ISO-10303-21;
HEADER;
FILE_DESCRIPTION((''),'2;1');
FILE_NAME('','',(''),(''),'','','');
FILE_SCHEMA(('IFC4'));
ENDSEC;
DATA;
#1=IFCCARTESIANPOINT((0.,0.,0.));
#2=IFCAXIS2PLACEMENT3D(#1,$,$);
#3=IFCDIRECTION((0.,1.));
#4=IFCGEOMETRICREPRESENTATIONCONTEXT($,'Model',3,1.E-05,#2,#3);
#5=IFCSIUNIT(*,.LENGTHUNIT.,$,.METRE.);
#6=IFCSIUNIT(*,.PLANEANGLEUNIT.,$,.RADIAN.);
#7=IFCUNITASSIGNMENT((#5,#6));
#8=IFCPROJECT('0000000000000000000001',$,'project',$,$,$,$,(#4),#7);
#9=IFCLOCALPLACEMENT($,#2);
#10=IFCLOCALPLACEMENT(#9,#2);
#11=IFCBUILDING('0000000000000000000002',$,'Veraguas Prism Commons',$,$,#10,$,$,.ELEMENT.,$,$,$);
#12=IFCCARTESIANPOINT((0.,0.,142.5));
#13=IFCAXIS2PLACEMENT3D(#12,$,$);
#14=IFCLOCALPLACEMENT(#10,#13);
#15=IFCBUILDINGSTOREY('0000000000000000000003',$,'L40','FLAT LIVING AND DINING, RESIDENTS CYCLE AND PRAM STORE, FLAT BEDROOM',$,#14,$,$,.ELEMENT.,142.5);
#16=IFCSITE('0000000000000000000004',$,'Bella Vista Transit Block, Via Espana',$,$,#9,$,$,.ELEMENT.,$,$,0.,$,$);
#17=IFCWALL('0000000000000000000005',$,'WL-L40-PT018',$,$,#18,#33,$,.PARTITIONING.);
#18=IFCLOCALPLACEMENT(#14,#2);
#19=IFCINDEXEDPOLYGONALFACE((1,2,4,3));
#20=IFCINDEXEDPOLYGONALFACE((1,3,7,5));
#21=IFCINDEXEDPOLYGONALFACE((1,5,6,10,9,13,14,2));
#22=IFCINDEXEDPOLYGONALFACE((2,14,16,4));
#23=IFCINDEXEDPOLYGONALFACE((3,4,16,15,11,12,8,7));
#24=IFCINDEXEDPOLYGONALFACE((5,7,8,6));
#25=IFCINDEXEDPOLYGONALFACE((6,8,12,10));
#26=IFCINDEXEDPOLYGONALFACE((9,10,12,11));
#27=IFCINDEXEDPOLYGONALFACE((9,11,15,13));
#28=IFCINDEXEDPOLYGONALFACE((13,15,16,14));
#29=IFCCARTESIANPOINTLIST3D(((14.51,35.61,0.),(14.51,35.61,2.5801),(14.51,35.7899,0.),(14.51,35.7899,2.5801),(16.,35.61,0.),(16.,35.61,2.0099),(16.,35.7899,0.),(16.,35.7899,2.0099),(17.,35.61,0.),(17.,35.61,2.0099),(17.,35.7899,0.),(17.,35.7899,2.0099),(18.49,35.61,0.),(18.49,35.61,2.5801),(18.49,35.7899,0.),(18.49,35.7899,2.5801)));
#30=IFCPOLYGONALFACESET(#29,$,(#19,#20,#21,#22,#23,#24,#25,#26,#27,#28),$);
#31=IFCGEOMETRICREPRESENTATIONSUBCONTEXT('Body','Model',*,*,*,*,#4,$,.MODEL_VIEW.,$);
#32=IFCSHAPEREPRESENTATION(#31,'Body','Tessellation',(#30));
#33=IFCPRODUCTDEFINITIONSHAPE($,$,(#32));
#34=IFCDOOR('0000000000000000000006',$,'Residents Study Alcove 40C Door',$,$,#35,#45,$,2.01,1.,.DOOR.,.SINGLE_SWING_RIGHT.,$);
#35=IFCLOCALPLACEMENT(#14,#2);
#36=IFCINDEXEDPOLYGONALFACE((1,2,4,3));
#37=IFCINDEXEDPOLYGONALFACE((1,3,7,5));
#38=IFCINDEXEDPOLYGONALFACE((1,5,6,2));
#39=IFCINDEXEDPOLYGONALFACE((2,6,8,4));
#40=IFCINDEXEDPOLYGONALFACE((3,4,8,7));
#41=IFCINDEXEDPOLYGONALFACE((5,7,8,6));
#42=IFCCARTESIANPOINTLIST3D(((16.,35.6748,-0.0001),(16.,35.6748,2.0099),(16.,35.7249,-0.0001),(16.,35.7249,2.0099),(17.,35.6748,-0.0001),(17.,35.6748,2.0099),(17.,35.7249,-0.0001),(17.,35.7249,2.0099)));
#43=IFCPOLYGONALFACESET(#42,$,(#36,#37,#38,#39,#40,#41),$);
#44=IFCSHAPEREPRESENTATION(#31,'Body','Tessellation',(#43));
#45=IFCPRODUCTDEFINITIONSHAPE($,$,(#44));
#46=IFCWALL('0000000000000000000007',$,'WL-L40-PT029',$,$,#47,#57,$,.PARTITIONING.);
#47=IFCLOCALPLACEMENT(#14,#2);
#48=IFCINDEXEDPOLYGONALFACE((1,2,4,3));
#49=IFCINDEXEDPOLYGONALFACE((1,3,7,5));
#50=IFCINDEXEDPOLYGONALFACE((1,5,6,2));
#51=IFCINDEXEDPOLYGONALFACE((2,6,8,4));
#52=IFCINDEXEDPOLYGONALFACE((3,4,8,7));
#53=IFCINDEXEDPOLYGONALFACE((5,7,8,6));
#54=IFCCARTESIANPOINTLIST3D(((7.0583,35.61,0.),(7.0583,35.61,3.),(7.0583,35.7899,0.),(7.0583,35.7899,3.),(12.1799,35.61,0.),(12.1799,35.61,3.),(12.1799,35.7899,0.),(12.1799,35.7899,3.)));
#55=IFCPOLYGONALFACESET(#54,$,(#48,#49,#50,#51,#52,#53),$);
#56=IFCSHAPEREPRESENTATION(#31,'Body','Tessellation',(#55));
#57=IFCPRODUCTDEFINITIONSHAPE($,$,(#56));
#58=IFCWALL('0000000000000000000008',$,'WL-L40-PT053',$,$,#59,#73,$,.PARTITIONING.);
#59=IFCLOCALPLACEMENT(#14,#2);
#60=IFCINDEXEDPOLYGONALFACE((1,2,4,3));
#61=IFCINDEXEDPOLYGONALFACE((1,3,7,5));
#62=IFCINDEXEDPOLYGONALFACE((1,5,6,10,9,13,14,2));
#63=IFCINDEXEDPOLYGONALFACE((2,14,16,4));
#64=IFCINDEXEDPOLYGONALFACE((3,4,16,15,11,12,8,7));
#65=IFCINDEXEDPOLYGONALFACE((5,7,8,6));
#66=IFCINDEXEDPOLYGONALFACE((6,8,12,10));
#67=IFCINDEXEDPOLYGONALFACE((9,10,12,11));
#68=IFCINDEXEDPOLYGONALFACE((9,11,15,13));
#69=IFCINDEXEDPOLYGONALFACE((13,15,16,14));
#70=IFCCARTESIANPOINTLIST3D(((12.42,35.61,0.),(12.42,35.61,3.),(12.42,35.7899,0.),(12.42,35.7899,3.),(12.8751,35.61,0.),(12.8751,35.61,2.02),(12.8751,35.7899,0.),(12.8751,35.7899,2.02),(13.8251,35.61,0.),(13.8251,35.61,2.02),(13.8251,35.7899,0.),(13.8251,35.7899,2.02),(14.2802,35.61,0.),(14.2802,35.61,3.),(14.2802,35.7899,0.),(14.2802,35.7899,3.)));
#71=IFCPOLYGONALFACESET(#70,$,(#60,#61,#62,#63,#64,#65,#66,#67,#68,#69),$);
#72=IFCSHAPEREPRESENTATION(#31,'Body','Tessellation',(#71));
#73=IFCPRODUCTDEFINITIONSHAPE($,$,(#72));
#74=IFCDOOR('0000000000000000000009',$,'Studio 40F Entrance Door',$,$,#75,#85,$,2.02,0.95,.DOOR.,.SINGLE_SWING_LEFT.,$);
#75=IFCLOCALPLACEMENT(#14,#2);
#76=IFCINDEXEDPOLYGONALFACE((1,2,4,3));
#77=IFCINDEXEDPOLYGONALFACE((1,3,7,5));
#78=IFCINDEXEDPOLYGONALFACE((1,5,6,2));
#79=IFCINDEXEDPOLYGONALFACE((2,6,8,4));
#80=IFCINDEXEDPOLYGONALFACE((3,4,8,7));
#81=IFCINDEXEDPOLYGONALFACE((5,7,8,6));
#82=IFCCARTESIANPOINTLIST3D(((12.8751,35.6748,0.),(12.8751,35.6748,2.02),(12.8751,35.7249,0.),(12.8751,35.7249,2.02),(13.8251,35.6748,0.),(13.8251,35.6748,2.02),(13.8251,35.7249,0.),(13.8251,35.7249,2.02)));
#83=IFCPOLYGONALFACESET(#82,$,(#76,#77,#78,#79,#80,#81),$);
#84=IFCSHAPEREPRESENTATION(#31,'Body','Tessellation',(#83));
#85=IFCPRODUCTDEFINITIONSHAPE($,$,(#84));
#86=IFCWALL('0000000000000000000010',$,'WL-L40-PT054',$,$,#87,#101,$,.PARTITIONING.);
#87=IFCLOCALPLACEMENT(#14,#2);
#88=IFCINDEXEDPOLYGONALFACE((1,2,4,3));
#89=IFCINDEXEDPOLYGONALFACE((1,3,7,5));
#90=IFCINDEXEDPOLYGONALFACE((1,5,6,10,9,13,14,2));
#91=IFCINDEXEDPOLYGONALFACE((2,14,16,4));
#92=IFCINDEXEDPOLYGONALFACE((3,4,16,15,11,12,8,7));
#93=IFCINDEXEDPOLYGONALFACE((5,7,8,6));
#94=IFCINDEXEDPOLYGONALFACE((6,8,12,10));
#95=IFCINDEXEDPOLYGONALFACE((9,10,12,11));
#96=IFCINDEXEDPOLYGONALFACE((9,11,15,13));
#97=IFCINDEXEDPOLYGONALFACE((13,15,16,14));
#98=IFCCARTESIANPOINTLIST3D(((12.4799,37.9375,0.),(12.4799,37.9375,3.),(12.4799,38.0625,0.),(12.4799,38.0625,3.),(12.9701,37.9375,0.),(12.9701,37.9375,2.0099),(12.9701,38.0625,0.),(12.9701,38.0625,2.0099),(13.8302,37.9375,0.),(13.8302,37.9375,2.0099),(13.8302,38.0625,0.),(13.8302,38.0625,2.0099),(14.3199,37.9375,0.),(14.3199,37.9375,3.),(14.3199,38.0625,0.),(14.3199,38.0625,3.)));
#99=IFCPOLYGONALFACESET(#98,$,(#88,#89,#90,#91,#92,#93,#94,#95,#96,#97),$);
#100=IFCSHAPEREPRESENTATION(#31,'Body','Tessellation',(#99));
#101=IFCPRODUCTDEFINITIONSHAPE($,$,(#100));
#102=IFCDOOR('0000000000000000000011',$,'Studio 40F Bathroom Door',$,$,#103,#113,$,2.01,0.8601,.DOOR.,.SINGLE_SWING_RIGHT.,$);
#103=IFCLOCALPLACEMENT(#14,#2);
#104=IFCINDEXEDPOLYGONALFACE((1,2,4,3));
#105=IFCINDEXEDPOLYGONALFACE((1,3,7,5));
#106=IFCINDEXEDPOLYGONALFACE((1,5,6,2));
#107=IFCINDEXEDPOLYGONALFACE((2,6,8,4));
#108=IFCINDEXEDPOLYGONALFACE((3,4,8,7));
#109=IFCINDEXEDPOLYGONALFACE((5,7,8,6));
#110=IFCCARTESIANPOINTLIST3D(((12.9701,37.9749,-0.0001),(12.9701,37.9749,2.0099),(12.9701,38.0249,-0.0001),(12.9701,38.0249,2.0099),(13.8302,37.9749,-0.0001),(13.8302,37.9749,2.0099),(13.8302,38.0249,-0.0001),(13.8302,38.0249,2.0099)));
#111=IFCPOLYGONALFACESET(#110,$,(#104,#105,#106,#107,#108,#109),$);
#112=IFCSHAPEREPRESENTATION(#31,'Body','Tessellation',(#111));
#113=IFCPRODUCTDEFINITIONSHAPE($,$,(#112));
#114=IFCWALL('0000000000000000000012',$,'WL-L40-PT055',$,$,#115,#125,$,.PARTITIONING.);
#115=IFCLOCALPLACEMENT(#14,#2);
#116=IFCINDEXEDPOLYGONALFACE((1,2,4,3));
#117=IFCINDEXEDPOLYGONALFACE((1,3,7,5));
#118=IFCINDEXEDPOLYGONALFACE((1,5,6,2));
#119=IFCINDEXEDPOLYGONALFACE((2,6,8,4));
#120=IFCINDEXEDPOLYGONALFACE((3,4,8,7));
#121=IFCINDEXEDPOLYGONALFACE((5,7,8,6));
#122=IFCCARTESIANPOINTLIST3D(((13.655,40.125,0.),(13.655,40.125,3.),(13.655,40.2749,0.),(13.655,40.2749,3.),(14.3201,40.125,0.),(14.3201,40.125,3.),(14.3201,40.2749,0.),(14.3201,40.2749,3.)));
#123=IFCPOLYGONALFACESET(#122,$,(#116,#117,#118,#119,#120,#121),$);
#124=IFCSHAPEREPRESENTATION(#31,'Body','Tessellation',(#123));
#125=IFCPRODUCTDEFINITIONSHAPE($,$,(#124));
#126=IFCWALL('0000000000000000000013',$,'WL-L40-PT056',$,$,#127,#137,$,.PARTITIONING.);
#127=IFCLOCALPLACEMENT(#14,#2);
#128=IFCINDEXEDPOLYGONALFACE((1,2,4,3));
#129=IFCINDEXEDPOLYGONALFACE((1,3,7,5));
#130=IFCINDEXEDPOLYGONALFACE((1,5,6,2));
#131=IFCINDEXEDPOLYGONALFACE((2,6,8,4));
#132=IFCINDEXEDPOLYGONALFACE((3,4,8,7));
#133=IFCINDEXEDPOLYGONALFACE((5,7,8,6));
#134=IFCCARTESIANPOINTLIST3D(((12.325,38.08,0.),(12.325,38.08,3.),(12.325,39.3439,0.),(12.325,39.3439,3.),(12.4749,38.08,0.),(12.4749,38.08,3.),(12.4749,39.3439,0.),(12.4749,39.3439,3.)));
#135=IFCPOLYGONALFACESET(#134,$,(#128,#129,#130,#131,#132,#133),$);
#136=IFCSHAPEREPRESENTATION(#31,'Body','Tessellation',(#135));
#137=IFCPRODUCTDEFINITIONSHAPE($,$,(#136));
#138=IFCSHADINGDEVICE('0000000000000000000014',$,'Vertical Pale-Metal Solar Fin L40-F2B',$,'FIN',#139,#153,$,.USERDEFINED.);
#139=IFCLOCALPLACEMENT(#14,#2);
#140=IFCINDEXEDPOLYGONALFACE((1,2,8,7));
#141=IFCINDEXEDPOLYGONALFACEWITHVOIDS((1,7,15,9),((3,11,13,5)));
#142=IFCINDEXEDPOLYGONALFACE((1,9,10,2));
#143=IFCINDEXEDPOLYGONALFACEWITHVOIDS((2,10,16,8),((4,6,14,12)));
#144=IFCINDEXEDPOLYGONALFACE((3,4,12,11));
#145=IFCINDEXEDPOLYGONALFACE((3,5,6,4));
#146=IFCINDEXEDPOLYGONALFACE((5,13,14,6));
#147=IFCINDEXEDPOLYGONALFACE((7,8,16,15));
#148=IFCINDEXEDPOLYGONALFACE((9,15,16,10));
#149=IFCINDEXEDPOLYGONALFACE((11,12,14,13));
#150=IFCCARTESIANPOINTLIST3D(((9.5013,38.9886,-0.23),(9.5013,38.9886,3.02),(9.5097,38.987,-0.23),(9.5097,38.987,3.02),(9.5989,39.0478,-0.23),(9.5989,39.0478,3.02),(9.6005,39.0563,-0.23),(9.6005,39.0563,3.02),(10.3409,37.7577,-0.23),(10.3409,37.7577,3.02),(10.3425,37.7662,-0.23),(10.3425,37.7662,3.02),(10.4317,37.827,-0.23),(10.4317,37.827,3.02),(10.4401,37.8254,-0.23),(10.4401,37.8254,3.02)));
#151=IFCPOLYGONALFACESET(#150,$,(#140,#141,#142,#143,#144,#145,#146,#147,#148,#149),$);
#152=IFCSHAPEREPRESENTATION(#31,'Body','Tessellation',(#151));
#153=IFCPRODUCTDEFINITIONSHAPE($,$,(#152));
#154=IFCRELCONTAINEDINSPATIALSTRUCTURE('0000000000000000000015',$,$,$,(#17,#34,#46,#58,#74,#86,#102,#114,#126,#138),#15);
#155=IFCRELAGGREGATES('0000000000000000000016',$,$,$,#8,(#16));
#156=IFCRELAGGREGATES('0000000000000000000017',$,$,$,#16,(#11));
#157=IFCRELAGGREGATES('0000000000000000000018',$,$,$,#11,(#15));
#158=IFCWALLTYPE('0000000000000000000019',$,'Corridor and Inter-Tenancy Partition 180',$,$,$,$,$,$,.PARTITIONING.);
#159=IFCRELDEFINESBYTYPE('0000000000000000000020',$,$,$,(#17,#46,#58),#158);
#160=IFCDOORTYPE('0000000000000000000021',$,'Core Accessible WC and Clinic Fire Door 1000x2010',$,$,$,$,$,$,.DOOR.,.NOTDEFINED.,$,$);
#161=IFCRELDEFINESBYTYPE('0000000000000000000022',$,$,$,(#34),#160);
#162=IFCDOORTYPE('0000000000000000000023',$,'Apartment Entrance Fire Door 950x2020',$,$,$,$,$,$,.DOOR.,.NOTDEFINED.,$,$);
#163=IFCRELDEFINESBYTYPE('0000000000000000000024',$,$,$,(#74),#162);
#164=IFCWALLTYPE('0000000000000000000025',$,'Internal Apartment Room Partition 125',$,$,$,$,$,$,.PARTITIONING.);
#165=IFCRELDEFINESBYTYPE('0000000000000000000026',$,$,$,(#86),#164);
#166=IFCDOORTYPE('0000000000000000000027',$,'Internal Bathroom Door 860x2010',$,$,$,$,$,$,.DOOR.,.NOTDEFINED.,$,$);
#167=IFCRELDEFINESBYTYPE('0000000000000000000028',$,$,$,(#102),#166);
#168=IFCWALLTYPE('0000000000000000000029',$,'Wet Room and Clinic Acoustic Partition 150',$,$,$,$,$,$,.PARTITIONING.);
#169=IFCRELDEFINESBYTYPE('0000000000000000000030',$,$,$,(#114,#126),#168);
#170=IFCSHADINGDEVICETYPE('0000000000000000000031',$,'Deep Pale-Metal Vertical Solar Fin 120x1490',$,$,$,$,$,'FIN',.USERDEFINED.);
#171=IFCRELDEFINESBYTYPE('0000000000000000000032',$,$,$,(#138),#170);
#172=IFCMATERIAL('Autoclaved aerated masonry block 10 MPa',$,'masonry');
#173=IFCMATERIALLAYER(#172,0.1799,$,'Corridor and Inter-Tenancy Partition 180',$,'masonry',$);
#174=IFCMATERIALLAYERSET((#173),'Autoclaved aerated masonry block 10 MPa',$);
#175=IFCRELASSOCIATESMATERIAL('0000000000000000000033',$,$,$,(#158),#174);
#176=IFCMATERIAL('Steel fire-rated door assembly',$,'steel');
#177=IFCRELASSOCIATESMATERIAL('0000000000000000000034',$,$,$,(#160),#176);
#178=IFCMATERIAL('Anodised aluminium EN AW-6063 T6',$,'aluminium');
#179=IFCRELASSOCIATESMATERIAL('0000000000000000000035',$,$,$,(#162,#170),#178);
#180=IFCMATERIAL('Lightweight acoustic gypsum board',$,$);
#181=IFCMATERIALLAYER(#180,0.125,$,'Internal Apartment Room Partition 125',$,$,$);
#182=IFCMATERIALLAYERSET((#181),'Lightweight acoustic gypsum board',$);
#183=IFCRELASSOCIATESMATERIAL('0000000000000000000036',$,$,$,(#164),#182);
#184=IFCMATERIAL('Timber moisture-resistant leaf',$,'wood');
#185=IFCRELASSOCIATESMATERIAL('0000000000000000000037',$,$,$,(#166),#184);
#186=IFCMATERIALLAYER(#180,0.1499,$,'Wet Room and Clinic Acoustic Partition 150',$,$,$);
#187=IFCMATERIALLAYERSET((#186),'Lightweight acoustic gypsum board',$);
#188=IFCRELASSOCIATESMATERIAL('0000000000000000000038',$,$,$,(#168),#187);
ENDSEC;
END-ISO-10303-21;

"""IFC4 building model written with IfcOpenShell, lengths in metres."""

from ifc_helpers import new_model, si_unit, direction, frame, frame_2d, origin, origin_2d, place, context, subcontext, project, spatial, rectangle, hollow_rectangle, extrude, source, transform, mapped, material, layer, layer_set, material_profile, profile_set, type_object, element, fill, save


model = new_model("IFC4")

# Units and contexts
model_context = context("Model", 3, precision=1e-05, world=origin(), true_north=direction((0.0, 1.0)))
body_context = subcontext(model_context, "Body", "Model", "MODEL_VIEW")
ifc_project = project(units=[si_unit("LENGTHUNIT", "METRE"), si_unit("PLANEANGLEUNIT", "RADIAN")], contexts=[model_context])

# Site, building, storey
site_placement = place(None, origin())
site = spatial("IfcSite", under=ifc_project, at=site_placement, Name="Bella Vista Transit Block, Via Espana", CompositionType="ELEMENT", RefElevation=0.0)
building_placement = place(site_placement, origin())
building = spatial("IfcBuilding", under=site, at=building_placement, Name="Veraguas Prism Commons", CompositionType="ELEMENT")
storey_placement = place(building_placement, frame((0.0, 0.0, 142.5)))
storey = spatial("IfcBuildingStorey", under=building, at=storey_placement, Name="L40", Description="FLAT LIVING AND DINING, RESIDENTS CYCLE AND PRAM STORE, FLAT BEDROOM", CompositionType="ELEMENT", Elevation=142.5)

# Shared definitions
ifc_material_1 = material(Name="Anodised aluminium EN AW-6063 T6", Category="aluminium")

# Shared definitions
ifc_material_2 = material(Name="Autoclaved aerated masonry block 10 MPa", Category="masonry")
ifc_layer_1 = layer(ifc_material_2, 0.1799, Name="Corridor and Inter-Tenancy Partition 180", Category="masonry")
ifc_layer_set_1 = layer_set([ifc_layer_1], Name="Autoclaved aerated masonry block 10 MPa")
wall_type_1 = type_object("IfcWallType", Name="Corridor and Inter-Tenancy Partition 180", PredefinedType="PARTITIONING", material=ifc_layer_set_1)

# Wall, opening, door
wall_1_placement = place(storey_placement, frame((14.51, 35.7, 0.0), z_axis=(0.0, 0.0, 1.0), x_axis=(1.0, 0.0, 0.0)))
wall_1 = element("IfcWall", 1, at=wall_1_placement, inside=storey, type_object=wall_type_1, Name="WL-L40-PT018", PredefinedType="PARTITIONING", context=body_context, shape_type="SweptSolid", body=[
    extrude(rectangle(XDim=3.98, YDim=0.1799, at=frame_2d((1.99, 0.0))), origin(), (0.0, 0.0, 1.0), 2.5801),
])
opening_1_placement = place(wall_1_placement, frame((1.49, 0.0, 0.0)))
opening_1 = element("IfcOpeningElement", 2, at=opening_1_placement, cuts=wall_1, PredefinedType="OPENING", context=body_context, shape_type="SweptSolid", body=[
    extrude(rectangle(XDim=1.0, YDim=2.01, at=frame_2d((0.5, 1.0049))), frame((0.0, 0.0999, 0.0), z_axis=(0.0, -1.0, 0.0), x_axis=(1.0, 0.0, 0.0)), (0.0, 0.0, 1.0), 0.2),
])
ifc_material_3 = material(Name="Steel fire-rated door assembly", Category="steel")
door_type_1 = type_object("IfcDoorType", Name="Core Accessible WC and Clinic Fire Door 1000x2010", OperationType="NOTDEFINED", PredefinedType="DOOR", material=ifc_material_3)
shared_shape_1 = source(origin(), body_context, "Body", "SweptSolid", [
    extrude(rectangle(XDim=1.0, YDim=2.01, at=frame_2d((0.5, 1.0049))), frame((0.0, 0.0249, 0.0), z_axis=(0.0, -1.0, 0.0), x_axis=(1.0, 0.0, 0.0)), (0.0, 0.0, 1.0), 0.05),
])
door_1_placement = place(opening_1_placement, origin())
door_1 = element("IfcDoor", 3, at=door_1_placement, inside=storey, type_object=door_type_1, Name="Residents Study Alcove 40C Door", OperationType="SINGLE_SWING_RIGHT", OverallHeight=2.01, OverallWidth=1.0, PredefinedType="DOOR", context=body_context, shape_type="MappedRepresentation", body=[
    mapped(shared_shape_1, transform((0.0, 0.0, 0.0), scale=1.0)),
])
fill(opening_1, door_1)

# Wall
wall_2_placement = place(storey_placement, frame((12.1799, 35.7, 0.0), z_axis=(0.0, 0.0, 1.0), x_axis=(-1.0, 0.0, 0.0)))
element("IfcWall", 4, at=wall_2_placement, inside=storey, type_object=wall_type_1, Name="WL-L40-PT029", PredefinedType="PARTITIONING", context=body_context, shape_type="SweptSolid", body=[
    extrude(rectangle(XDim=5.1216, YDim=0.1799, at=frame_2d((2.5608, 0.0))), origin(), (0.0, 0.0, 1.0), 3.0),
])

# Walls, openings, doors
wall_3_placement = place(storey_placement, frame((12.4199, 35.7, 0.0), z_axis=(0.0, 0.0, 1.0), x_axis=(1.0, 0.0, 0.0)))
wall_3 = element("IfcWall", 5, at=wall_3_placement, inside=storey, type_object=wall_type_1, Name="WL-L40-PT053", PredefinedType="PARTITIONING", context=body_context, shape_type="SweptSolid", body=[
    extrude(rectangle(XDim=1.8601, YDim=0.1799, at=frame_2d((0.9302, 0.0))), origin(), (0.0, 0.0, 1.0), 3.0),
])
opening_2_placement = place(wall_3_placement, frame((0.4551, 0.0, 0.0)))
opening_2 = element("IfcOpeningElement", 6, at=opening_2_placement, cuts=wall_3, PredefinedType="OPENING", context=body_context, shape_type="SweptSolid", body=[
    extrude(rectangle(XDim=0.95, YDim=2.02, at=frame_2d((0.4751, 1.01))), frame((0.0, 0.0999, 0.0), z_axis=(0.0, -1.0, 0.0), x_axis=(1.0, 0.0, 0.0)), (0.0, 0.0, 1.0), 0.2),
])
door_type_2 = type_object("IfcDoorType", Name="Apartment Entrance Fire Door 950x2020", OperationType="NOTDEFINED", PredefinedType="DOOR", material=ifc_material_1)
shared_shape_2 = source(origin(), body_context, "Body", "SweptSolid", [
    extrude(rectangle(XDim=0.95, YDim=2.02, at=frame_2d((0.4751, 1.01))), frame((0.0, 0.0249, 0.0), z_axis=(0.0, -1.0, 0.0), x_axis=(1.0, 0.0, 0.0)), (0.0, 0.0, 1.0), 0.05),
])
door_2_placement = place(opening_2_placement, origin())
door_2 = element("IfcDoor", 7, at=door_2_placement, inside=storey, type_object=door_type_2, Name="Studio 40F Entrance Door", OperationType="SINGLE_SWING_LEFT", OverallHeight=2.02, OverallWidth=0.95, PredefinedType="DOOR", context=body_context, shape_type="MappedRepresentation", body=[
    mapped(shared_shape_2, transform((0.0, 0.0, 0.0), scale=1.0)),
])
fill(opening_2, door_2)
ifc_material_4 = material(Name="Lightweight acoustic gypsum board")
ifc_layer_2 = layer(ifc_material_4, 0.125, Name="Internal Apartment Room Partition 125")
ifc_layer_set_2 = layer_set([ifc_layer_2], Name="Lightweight acoustic gypsum board")
wall_type_2 = type_object("IfcWallType", Name="Internal Apartment Room Partition 125", PredefinedType="PARTITIONING", material=ifc_layer_set_2)
wall_4_placement = place(storey_placement, frame((12.48, 38.0, 0.0), z_axis=(0.0, 0.0, 1.0), x_axis=(1.0, 0.0, 0.0)))
wall_4 = element("IfcWall", 8, at=wall_4_placement, inside=storey, type_object=wall_type_2, Name="WL-L40-PT054", PredefinedType="PARTITIONING", context=body_context, shape_type="SweptSolid", body=[
    extrude(rectangle(XDim=1.8401, YDim=0.125, at=frame_2d((0.9199, 0.0))), origin(), (0.0, 0.0, 1.0), 3.0),
])
opening_3_placement = place(wall_4_placement, frame((0.49, 0.0, 0.0)))
opening_3 = element("IfcOpeningElement", 9, at=opening_3_placement, cuts=wall_4, PredefinedType="OPENING", context=body_context, shape_type="SweptSolid", body=[
    extrude(rectangle(XDim=0.8601, YDim=2.01, at=frame_2d((0.4302, 1.0049))), frame((0.0, 0.0725, 0.0), z_axis=(0.0, -1.0, 0.0), x_axis=(1.0, 0.0, 0.0)), (0.0, 0.0, 1.0), 0.145),
])
ifc_material_5 = material(Name="Timber moisture-resistant leaf", Category="wood")
door_type_3 = type_object("IfcDoorType", Name="Internal Bathroom Door 860x2010", OperationType="NOTDEFINED", PredefinedType="DOOR", material=ifc_material_5)
shared_shape_3 = source(origin(), body_context, "Body", "SweptSolid", [
    extrude(rectangle(XDim=0.8601, YDim=2.01, at=frame_2d((0.4302, 1.0049))), frame((0.0, 0.0249, 0.0), z_axis=(0.0, -1.0, 0.0), x_axis=(1.0, 0.0, 0.0)), (0.0, 0.0, 1.0), 0.05),
])
door_3_placement = place(opening_3_placement, origin())
door_3 = element("IfcDoor", 10, at=door_3_placement, inside=storey, type_object=door_type_3, Name="Studio 40F Bathroom Door", OperationType="SINGLE_SWING_RIGHT", OverallHeight=2.01, OverallWidth=0.8601, PredefinedType="DOOR", context=body_context, shape_type="MappedRepresentation", body=[
    mapped(shared_shape_3, transform((0.0, 0.0, 0.0), scale=1.0)),
])
fill(opening_3, door_3)

# Walls
ifc_layer_3 = layer(ifc_material_4, 0.1499, Name="Wet Room and Clinic Acoustic Partition 150")
ifc_layer_set_3 = layer_set([ifc_layer_3], Name="Lightweight acoustic gypsum board")
wall_type_3 = type_object("IfcWallType", Name="Wet Room and Clinic Acoustic Partition 150", PredefinedType="PARTITIONING", material=ifc_layer_set_3)
wall_5_placement = place(storey_placement, frame((13.655, 40.2, 0.0), z_axis=(0.0, 0.0, 1.0), x_axis=(1.0, 0.0, 0.0)))
element("IfcWall", 11, at=wall_5_placement, inside=storey, type_object=wall_type_3, Name="WL-L40-PT055", PredefinedType="PARTITIONING", context=body_context, shape_type="SweptSolid", body=[
    extrude(rectangle(XDim=0.665, YDim=0.1499, at=frame_2d((0.3325, 0.0))), origin(), (0.0, 0.0, 1.0), 3.0),
])
wall_6_placement = place(storey_placement, frame((12.3999, 38.0801, 0.0), z_axis=(0.0, 0.0, 1.0), x_axis=(0.0, 1.0, 0.0)))
element("IfcWall", 12, at=wall_6_placement, inside=storey, type_object=wall_type_3, Name="WL-L40-PT056", PredefinedType="PARTITIONING", context=body_context, shape_type="SweptSolid", body=[
    extrude(rectangle(XDim=1.2639, YDim=0.1499, at=frame_2d((0.6318, 0.0))), origin(), (0.0, 0.0, 1.0), 3.0),
])

# Shading device
ifc_material_profile_1 = material_profile(ifc_material_1, hollow_rectangle(XDim=0.1201, YDim=1.49, WallThickness=0.0061, at=origin_2d()), Name="FIN120X1490X6")
ifc_profile_set_1 = profile_set([ifc_material_profile_1], Name="Anodised aluminium EN AW-6063 T6")
shading_device_type = type_object("IfcShadingDeviceType", Name="Deep Pale-Metal Vertical Solar Fin 120x1490", ElementType="FIN", PredefinedType="USERDEFINED", material=ifc_profile_set_1)
shading_device_placement = place(storey_placement, frame((9.9707, 38.407, -0.23), z_axis=(0.0, 0.0, 1.0), x_axis=(-0.826099, -0.563525, 0.0)))
element("IfcShadingDevice", 13, at=shading_device_placement, inside=storey, type_object=shading_device_type, Name="Vertical Pale-Metal Solar Fin L40-F2B", ObjectType="FIN", PredefinedType="USERDEFINED", context=body_context, shape_type="SweptSolid", body=[
    extrude(hollow_rectangle(XDim=0.1201, YDim=1.49, WallThickness=0.0061, at=origin_2d()), origin(), (0.0, 0.0, 1.0), 3.25),
])

save(model, "model.ifc")
